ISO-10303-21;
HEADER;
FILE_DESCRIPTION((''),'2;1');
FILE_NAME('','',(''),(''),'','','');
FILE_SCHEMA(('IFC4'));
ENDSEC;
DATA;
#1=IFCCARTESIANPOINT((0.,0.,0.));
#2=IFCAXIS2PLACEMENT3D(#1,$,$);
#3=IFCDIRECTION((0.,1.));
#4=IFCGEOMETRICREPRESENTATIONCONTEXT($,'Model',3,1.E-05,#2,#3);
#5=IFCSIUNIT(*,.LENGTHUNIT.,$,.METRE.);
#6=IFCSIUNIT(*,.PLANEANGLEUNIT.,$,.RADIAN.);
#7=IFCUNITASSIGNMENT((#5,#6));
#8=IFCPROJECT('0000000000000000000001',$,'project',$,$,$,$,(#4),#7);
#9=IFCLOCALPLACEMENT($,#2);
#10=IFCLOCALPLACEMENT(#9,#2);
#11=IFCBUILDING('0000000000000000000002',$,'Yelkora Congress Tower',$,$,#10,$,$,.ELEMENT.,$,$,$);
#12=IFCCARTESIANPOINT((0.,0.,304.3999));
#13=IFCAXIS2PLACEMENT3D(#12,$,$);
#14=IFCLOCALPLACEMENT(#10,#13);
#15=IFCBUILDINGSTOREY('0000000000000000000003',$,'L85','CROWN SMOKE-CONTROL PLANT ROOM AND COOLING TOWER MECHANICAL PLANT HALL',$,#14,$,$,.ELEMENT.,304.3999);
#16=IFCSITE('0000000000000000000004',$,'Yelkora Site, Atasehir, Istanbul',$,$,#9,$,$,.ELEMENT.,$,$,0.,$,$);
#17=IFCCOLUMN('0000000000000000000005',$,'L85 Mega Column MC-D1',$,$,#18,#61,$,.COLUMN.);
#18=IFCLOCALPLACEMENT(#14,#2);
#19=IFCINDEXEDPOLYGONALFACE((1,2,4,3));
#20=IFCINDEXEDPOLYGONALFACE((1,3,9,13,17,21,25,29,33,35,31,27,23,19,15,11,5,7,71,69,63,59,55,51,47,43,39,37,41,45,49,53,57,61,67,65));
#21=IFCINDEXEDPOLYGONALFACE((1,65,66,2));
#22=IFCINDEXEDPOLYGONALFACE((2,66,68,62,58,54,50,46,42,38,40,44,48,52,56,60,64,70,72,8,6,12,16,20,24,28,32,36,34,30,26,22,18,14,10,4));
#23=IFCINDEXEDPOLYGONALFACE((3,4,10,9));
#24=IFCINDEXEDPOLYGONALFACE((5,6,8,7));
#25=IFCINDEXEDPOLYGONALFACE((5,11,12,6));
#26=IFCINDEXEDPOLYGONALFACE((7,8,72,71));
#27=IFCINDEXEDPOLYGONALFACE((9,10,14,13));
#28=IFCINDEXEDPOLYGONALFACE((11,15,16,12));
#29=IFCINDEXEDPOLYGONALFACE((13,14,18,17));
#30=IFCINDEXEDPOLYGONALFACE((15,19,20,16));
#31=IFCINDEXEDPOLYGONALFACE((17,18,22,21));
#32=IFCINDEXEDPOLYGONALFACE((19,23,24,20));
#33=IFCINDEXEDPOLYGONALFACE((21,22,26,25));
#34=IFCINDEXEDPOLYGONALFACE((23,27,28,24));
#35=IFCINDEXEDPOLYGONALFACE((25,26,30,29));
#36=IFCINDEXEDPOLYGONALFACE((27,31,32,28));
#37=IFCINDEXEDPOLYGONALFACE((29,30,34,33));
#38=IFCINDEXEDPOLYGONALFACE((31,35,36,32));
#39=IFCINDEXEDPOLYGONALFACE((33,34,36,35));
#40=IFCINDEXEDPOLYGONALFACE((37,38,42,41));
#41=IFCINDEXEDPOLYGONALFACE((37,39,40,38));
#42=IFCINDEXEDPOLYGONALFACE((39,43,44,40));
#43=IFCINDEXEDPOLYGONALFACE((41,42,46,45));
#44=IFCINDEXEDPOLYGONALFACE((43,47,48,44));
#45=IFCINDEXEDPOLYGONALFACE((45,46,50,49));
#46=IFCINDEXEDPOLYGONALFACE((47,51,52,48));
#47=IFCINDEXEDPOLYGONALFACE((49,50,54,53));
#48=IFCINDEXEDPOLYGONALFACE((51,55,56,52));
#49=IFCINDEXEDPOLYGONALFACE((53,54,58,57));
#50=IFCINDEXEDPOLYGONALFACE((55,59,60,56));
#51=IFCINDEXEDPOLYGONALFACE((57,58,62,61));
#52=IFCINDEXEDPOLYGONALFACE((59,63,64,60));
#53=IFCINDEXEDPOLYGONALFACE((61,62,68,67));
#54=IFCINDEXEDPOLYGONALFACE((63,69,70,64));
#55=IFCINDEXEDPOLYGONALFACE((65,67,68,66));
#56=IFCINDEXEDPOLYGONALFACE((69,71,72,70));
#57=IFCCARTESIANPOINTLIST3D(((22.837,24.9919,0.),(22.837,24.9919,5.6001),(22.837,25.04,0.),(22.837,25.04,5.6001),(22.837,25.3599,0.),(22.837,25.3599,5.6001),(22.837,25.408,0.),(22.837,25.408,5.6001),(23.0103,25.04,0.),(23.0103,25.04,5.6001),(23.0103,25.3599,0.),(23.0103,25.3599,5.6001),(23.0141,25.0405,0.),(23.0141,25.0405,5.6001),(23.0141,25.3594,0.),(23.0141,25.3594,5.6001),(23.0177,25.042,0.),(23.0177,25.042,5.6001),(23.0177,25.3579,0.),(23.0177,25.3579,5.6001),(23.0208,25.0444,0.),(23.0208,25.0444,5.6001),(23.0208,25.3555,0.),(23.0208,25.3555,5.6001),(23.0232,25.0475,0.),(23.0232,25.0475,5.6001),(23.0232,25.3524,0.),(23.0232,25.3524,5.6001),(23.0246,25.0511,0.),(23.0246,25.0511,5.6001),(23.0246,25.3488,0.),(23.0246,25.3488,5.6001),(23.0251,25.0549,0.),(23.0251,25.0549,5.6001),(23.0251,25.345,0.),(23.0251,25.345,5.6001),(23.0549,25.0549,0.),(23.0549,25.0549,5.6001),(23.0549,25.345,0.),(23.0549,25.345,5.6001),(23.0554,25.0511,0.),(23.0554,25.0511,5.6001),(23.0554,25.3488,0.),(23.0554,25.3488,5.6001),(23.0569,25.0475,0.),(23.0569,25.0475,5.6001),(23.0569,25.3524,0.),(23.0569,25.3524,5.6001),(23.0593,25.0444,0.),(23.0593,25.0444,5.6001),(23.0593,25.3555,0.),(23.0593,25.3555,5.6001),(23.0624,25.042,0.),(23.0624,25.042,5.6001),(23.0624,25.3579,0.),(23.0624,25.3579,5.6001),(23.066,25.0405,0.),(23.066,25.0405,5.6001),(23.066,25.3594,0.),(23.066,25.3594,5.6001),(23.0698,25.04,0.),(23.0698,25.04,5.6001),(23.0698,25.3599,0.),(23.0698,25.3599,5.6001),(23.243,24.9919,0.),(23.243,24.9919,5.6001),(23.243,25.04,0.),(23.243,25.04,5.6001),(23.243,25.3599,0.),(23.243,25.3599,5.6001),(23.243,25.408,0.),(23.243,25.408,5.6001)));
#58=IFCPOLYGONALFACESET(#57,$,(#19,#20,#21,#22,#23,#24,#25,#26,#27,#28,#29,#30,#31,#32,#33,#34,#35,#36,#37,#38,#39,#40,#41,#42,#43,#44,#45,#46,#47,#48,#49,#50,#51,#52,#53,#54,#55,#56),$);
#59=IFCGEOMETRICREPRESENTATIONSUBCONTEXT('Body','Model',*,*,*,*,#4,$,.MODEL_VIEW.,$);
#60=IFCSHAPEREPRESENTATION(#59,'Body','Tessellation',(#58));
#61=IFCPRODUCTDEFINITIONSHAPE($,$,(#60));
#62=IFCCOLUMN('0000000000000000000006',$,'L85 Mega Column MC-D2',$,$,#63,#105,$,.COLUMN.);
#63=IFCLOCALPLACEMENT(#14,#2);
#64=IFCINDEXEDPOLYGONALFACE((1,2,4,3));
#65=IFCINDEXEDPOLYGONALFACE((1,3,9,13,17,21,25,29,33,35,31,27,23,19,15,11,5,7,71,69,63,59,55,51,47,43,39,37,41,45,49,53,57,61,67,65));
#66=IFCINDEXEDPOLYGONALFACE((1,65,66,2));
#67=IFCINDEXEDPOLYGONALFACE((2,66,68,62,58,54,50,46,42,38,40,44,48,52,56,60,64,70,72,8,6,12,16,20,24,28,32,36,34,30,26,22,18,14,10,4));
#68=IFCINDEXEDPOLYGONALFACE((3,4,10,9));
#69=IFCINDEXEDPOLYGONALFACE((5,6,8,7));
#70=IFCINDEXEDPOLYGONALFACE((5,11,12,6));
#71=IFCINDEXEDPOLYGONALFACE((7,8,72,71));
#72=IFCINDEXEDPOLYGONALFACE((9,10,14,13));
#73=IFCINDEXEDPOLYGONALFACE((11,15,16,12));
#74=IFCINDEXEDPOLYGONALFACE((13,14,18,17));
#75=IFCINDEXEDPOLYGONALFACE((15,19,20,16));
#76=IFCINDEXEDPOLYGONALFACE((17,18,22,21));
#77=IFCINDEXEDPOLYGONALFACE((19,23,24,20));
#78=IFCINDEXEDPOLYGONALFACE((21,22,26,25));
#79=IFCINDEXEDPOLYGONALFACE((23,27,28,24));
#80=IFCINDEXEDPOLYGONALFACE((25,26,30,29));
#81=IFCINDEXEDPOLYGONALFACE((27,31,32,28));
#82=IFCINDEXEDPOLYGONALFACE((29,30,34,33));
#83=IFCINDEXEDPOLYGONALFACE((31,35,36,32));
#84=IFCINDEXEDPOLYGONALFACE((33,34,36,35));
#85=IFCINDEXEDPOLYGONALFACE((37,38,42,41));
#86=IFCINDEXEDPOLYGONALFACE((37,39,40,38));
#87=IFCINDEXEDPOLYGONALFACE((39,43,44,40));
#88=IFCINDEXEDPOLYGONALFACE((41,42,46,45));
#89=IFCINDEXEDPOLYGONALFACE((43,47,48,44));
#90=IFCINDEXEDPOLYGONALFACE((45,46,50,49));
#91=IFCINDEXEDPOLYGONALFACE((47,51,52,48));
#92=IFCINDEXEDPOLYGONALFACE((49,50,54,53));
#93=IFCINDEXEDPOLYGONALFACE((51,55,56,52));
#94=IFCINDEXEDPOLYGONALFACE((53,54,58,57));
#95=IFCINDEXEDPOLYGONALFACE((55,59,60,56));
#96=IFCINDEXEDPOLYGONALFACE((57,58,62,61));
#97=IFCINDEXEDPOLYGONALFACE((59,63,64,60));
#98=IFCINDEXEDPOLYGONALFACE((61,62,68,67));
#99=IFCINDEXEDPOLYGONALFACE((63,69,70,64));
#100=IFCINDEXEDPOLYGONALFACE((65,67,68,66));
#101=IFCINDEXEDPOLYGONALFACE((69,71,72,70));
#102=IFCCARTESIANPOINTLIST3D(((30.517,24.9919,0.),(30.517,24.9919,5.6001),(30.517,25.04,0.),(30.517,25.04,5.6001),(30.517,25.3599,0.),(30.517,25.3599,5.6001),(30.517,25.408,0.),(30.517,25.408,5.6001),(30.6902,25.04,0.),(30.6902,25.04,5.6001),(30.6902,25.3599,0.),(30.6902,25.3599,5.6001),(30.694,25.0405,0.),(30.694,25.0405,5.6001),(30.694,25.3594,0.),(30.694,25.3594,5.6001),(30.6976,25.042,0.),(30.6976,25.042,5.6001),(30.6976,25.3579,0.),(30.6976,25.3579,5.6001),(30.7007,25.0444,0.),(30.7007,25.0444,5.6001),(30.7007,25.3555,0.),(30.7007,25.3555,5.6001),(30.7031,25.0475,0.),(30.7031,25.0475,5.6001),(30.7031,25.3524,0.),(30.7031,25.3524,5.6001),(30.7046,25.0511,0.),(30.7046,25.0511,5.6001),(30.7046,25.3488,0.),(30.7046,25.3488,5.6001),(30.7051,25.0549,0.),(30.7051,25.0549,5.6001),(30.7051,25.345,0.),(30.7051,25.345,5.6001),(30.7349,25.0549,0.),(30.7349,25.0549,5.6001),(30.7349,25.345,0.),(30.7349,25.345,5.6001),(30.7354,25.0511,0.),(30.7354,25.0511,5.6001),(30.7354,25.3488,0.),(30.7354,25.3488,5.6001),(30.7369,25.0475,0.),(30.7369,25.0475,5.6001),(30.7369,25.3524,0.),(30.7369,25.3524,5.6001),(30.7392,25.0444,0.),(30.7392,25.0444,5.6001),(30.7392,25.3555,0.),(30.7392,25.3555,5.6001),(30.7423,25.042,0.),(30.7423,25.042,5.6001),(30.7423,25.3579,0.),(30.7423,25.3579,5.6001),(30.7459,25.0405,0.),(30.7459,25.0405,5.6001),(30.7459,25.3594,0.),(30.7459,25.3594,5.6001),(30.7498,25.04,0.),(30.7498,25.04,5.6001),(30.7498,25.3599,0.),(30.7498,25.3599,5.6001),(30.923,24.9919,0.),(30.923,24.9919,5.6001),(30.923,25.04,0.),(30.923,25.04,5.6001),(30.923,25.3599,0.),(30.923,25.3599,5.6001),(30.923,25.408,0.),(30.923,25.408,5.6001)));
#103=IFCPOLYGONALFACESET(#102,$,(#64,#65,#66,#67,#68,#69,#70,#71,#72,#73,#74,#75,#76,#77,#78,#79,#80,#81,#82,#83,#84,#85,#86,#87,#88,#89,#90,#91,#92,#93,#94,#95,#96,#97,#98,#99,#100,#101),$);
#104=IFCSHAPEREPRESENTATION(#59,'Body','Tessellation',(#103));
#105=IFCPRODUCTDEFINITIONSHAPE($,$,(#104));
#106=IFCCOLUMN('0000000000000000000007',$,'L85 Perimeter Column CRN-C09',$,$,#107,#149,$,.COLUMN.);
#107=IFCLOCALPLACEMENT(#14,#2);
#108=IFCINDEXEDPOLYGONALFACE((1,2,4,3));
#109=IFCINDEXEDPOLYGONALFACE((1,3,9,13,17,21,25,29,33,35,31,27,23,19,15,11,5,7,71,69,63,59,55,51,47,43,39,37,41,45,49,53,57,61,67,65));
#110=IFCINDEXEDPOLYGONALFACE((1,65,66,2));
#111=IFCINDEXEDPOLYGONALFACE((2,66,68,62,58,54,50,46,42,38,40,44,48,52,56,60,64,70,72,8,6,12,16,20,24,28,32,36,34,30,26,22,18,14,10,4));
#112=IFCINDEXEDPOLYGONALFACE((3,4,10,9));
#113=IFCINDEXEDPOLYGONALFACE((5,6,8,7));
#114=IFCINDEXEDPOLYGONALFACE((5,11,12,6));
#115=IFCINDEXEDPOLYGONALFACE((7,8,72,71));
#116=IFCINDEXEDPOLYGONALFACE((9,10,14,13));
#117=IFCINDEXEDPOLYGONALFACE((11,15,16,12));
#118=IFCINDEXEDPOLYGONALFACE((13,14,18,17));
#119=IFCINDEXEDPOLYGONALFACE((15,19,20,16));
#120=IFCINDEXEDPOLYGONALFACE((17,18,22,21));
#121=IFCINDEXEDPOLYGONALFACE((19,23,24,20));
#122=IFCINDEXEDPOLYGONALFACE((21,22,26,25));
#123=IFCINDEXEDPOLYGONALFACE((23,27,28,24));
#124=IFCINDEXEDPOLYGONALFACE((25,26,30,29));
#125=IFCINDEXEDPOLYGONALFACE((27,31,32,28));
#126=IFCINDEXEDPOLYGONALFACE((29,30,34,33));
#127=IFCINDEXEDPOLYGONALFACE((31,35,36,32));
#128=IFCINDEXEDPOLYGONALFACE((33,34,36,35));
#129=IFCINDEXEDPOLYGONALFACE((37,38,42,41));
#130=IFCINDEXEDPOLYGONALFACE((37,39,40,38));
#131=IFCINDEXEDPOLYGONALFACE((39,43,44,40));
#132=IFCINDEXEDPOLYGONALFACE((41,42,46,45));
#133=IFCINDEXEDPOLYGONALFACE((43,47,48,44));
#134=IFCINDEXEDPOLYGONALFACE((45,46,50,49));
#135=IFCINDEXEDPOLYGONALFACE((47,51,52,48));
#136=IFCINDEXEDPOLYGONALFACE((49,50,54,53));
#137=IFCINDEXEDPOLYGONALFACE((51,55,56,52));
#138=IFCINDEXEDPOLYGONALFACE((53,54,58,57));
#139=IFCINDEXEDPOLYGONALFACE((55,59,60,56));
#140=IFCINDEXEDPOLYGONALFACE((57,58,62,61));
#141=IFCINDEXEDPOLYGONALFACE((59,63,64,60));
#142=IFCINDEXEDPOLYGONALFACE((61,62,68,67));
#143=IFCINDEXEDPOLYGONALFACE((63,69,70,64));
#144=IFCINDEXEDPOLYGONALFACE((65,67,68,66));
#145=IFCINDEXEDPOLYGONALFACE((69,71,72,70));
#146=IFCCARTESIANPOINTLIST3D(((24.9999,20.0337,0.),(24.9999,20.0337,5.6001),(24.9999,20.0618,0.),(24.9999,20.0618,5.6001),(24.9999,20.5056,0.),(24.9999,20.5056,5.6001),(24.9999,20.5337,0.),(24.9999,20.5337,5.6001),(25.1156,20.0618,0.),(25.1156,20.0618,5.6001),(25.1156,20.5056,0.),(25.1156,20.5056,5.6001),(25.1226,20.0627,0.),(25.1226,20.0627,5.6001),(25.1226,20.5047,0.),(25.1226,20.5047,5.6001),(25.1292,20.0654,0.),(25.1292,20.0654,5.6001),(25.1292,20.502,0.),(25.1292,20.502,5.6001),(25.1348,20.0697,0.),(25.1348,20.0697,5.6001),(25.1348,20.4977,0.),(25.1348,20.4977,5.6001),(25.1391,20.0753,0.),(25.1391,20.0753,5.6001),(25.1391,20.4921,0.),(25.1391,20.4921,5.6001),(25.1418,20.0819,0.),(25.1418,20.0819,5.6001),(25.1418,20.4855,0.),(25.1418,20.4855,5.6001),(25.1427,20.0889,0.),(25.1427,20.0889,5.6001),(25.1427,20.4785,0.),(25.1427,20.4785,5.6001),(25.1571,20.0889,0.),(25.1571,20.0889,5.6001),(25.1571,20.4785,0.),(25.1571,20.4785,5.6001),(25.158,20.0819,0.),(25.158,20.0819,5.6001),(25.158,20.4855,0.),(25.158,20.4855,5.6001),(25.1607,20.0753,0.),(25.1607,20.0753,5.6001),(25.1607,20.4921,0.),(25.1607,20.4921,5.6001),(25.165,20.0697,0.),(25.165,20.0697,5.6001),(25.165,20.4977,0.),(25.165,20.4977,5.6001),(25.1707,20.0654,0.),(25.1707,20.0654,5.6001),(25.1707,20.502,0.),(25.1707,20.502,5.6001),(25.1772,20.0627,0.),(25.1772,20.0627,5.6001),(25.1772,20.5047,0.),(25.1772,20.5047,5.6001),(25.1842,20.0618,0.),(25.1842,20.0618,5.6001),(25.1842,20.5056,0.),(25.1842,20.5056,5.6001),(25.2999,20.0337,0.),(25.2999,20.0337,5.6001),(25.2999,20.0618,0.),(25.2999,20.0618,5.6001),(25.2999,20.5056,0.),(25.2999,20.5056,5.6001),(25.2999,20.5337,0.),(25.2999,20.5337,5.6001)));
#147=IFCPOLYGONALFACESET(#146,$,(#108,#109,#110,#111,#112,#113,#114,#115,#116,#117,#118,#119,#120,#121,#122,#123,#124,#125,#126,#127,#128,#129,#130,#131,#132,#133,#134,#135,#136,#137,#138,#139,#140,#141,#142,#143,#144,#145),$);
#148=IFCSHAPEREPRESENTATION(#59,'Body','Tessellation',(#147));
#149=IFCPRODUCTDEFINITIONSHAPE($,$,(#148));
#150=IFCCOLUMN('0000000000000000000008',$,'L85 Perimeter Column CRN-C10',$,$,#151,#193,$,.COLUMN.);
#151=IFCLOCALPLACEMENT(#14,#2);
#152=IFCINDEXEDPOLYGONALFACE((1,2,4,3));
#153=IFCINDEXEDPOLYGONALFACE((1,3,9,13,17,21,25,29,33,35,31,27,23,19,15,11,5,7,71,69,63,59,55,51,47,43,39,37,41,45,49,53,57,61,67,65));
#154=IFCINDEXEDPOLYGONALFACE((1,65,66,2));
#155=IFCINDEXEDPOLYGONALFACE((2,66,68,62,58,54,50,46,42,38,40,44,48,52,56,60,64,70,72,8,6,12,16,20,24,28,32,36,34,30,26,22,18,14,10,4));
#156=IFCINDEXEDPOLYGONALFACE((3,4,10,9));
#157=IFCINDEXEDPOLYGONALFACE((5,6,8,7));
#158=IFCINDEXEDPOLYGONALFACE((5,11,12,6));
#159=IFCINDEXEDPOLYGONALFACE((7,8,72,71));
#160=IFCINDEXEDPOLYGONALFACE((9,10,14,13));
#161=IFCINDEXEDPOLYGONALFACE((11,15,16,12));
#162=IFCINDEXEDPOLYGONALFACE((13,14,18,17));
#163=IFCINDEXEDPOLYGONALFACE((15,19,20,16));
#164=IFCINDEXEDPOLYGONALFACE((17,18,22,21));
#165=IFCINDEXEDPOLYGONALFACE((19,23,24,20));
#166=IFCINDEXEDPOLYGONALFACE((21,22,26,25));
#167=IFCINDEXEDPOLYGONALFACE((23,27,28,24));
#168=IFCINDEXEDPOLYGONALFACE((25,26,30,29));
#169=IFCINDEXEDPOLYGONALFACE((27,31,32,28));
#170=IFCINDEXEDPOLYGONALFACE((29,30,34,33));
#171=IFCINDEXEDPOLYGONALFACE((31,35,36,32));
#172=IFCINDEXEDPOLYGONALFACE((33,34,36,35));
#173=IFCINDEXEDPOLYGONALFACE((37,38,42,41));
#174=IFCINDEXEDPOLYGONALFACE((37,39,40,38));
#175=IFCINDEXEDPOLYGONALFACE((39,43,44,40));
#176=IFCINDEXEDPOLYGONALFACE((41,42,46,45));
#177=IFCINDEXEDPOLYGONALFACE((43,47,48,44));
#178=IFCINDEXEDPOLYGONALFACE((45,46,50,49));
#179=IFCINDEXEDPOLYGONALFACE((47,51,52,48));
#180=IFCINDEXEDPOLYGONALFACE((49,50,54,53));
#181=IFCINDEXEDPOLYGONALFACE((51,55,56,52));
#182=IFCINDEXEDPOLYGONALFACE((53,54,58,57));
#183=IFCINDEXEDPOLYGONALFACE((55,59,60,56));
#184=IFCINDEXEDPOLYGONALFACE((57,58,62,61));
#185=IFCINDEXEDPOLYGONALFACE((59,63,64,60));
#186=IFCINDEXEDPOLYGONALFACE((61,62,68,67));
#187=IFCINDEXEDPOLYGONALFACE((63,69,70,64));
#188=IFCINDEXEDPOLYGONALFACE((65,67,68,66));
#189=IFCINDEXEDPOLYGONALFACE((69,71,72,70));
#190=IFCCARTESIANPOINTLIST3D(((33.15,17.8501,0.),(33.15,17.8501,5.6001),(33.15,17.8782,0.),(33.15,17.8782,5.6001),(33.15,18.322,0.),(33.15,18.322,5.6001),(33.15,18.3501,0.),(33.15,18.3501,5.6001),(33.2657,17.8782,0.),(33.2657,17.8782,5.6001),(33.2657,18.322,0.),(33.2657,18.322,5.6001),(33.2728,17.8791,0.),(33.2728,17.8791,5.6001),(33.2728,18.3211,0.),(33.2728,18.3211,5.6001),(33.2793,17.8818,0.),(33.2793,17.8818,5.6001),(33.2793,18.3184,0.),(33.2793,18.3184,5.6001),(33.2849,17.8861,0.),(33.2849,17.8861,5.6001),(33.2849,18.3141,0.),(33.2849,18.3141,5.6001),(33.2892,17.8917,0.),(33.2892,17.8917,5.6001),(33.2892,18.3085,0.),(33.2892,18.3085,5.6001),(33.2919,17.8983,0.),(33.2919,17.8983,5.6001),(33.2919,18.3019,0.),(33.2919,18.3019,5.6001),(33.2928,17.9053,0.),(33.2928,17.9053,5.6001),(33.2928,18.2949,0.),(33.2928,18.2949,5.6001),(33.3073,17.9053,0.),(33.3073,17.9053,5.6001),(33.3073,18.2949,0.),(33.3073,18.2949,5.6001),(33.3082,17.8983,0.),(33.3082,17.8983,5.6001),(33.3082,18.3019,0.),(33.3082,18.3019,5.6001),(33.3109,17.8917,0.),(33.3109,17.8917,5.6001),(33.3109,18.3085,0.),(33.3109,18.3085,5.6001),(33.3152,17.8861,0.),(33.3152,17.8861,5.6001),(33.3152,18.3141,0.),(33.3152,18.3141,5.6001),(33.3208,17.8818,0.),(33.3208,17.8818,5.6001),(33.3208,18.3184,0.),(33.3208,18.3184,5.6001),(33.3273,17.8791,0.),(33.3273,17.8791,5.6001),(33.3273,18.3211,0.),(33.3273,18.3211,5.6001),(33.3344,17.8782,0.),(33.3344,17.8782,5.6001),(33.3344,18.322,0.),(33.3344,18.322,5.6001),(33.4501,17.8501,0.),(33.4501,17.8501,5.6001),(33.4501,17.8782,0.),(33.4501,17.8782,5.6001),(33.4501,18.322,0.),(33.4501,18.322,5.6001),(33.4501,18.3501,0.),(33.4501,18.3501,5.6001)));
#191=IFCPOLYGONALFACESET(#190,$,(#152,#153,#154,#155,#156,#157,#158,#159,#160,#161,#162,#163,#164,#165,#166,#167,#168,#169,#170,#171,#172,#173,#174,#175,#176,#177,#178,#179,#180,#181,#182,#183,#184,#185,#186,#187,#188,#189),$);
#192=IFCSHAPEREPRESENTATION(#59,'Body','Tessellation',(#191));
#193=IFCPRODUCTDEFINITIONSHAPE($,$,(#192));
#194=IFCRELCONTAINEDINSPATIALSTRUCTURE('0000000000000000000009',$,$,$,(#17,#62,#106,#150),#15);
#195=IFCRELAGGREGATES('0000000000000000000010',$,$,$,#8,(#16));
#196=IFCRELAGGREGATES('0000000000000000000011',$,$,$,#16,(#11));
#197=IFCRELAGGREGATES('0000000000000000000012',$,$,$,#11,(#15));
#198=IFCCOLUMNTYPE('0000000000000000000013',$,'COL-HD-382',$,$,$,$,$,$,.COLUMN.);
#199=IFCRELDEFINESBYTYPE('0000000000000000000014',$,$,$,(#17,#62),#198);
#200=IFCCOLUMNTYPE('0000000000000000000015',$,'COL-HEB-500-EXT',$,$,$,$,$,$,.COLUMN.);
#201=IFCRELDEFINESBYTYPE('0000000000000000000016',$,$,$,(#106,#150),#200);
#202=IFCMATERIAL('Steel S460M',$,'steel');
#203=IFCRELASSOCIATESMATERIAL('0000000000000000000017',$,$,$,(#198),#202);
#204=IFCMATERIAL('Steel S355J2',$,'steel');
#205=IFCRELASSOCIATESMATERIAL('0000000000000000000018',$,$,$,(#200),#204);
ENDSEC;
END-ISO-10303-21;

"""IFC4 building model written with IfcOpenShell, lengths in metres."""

from ifc_helpers import new_model, si_unit, direction, frame, origin, origin_2d, place, context, subcontext, project, spatial, i_section, extrude, material, material_profile, profile_set, type_object, element, save


model = new_model("IFC4")

# Units and contexts
model_context = context("Model", 3, precision=1e-05, world=origin(), true_north=direction((0.0, 1.0)))
body_context = subcontext(model_context, "Body", "Model", "MODEL_VIEW")
ifc_project = project(units=[si_unit("LENGTHUNIT", "METRE"), si_unit("PLANEANGLEUNIT", "RADIAN")], contexts=[model_context])

# Site, building, storey
site_placement = place(None, origin())
site = spatial("IfcSite", under=ifc_project, at=site_placement, Name="Yelkora Site, Atasehir, Istanbul", CompositionType="ELEMENT", RefElevation=0.0)
building_placement = place(site_placement, origin())
building = spatial("IfcBuilding", under=site, at=building_placement, Name="Yelkora Congress Tower", CompositionType="ELEMENT")
storey_placement = place(building_placement, frame((0.0, 0.0, 304.3999)))
storey = spatial("IfcBuildingStorey", under=building, at=storey_placement, Name="L85", Description="CROWN SMOKE-CONTROL PLANT ROOM AND COOLING TOWER MECHANICAL PLANT HALL", CompositionType="ELEMENT", Elevation=304.3999)

# Columns
ifc_material_1 = material(Name="Steel S460M", Category="steel")
ifc_material_profile_1 = material_profile(ifc_material_1, i_section(OverallWidth=0.406, OverallDepth=0.416, WebThickness=0.0298, FlangeThickness=0.0481, FilletRadius=0.0149, at=origin_2d()), Name="HD 400x382")
ifc_profile_set_1 = profile_set([ifc_material_profile_1], Name="Steel S460M")
column_type_1 = type_object("IfcColumnType", Name="COL-HD-382", PredefinedType="COLUMN", material=ifc_profile_set_1)
for number, where, z_axis, x_axis, name in (
    (1, (23.04, 25.2, 0.0), (0.0, 0.0, 1.0), (1.0, 0.0, 0.0), "L85 Mega Column MC-D1"),
    (2, (30.72, 25.2, 0.0), (0.0, 0.0, 1.0), (1.0, 0.0, 0.0), "L85 Mega Column MC-D2"),
):
    element("IfcColumn", number, at=place(storey_placement, frame(where, z_axis=z_axis, x_axis=x_axis)), inside=storey, type_object=column_type_1, Name=name, PredefinedType="COLUMN", context=body_context, shape_type="SweptSolid", body=[
        extrude(i_section(OverallWidth=0.406, OverallDepth=0.416, WebThickness=0.0298, FlangeThickness=0.0481, FilletRadius=0.0149, at=origin_2d()), origin(), (0.0, 0.0, 1.0), 5.6001),
    ])
ifc_material_2 = material(Name="Steel S355J2", Category="steel")
ifc_material_profile_2 = material_profile(ifc_material_2, i_section(OverallWidth=0.3, OverallDepth=0.5, WebThickness=0.0144, FlangeThickness=0.0281, FilletRadius=0.0271, at=origin_2d()), Name="HEB 500")
ifc_profile_set_2 = profile_set([ifc_material_profile_2], Name="Steel S355J2")
column_type_2 = type_object("IfcColumnType", Name="COL-HEB-500-EXT", PredefinedType="COLUMN", material=ifc_profile_set_2)
for number, where, z_axis, x_axis, name in (
    (3, (25.1499, 20.2837, 0.0), (0.0, 0.0, 1.0), (1.0, 0.0, 0.0), "L85 Perimeter Column CRN-C09"),
    (4, (33.3, 18.1001, 0.0), (0.0, 0.0, 1.0), (1.0, 0.0, 0.0), "L85 Perimeter Column CRN-C10"),
):
    element("IfcColumn", number, at=place(storey_placement, frame(where, z_axis=z_axis, x_axis=x_axis)), inside=storey, type_object=column_type_2, Name=name, PredefinedType="COLUMN", context=body_context, shape_type="SweptSolid", body=[
        extrude(i_section(OverallWidth=0.3, OverallDepth=0.5, WebThickness=0.0144, FlangeThickness=0.0281, FilletRadius=0.0271, at=origin_2d()), origin(), (0.0, 0.0, 1.0), 5.6001),
    ])

save(model, "model.ifc")
